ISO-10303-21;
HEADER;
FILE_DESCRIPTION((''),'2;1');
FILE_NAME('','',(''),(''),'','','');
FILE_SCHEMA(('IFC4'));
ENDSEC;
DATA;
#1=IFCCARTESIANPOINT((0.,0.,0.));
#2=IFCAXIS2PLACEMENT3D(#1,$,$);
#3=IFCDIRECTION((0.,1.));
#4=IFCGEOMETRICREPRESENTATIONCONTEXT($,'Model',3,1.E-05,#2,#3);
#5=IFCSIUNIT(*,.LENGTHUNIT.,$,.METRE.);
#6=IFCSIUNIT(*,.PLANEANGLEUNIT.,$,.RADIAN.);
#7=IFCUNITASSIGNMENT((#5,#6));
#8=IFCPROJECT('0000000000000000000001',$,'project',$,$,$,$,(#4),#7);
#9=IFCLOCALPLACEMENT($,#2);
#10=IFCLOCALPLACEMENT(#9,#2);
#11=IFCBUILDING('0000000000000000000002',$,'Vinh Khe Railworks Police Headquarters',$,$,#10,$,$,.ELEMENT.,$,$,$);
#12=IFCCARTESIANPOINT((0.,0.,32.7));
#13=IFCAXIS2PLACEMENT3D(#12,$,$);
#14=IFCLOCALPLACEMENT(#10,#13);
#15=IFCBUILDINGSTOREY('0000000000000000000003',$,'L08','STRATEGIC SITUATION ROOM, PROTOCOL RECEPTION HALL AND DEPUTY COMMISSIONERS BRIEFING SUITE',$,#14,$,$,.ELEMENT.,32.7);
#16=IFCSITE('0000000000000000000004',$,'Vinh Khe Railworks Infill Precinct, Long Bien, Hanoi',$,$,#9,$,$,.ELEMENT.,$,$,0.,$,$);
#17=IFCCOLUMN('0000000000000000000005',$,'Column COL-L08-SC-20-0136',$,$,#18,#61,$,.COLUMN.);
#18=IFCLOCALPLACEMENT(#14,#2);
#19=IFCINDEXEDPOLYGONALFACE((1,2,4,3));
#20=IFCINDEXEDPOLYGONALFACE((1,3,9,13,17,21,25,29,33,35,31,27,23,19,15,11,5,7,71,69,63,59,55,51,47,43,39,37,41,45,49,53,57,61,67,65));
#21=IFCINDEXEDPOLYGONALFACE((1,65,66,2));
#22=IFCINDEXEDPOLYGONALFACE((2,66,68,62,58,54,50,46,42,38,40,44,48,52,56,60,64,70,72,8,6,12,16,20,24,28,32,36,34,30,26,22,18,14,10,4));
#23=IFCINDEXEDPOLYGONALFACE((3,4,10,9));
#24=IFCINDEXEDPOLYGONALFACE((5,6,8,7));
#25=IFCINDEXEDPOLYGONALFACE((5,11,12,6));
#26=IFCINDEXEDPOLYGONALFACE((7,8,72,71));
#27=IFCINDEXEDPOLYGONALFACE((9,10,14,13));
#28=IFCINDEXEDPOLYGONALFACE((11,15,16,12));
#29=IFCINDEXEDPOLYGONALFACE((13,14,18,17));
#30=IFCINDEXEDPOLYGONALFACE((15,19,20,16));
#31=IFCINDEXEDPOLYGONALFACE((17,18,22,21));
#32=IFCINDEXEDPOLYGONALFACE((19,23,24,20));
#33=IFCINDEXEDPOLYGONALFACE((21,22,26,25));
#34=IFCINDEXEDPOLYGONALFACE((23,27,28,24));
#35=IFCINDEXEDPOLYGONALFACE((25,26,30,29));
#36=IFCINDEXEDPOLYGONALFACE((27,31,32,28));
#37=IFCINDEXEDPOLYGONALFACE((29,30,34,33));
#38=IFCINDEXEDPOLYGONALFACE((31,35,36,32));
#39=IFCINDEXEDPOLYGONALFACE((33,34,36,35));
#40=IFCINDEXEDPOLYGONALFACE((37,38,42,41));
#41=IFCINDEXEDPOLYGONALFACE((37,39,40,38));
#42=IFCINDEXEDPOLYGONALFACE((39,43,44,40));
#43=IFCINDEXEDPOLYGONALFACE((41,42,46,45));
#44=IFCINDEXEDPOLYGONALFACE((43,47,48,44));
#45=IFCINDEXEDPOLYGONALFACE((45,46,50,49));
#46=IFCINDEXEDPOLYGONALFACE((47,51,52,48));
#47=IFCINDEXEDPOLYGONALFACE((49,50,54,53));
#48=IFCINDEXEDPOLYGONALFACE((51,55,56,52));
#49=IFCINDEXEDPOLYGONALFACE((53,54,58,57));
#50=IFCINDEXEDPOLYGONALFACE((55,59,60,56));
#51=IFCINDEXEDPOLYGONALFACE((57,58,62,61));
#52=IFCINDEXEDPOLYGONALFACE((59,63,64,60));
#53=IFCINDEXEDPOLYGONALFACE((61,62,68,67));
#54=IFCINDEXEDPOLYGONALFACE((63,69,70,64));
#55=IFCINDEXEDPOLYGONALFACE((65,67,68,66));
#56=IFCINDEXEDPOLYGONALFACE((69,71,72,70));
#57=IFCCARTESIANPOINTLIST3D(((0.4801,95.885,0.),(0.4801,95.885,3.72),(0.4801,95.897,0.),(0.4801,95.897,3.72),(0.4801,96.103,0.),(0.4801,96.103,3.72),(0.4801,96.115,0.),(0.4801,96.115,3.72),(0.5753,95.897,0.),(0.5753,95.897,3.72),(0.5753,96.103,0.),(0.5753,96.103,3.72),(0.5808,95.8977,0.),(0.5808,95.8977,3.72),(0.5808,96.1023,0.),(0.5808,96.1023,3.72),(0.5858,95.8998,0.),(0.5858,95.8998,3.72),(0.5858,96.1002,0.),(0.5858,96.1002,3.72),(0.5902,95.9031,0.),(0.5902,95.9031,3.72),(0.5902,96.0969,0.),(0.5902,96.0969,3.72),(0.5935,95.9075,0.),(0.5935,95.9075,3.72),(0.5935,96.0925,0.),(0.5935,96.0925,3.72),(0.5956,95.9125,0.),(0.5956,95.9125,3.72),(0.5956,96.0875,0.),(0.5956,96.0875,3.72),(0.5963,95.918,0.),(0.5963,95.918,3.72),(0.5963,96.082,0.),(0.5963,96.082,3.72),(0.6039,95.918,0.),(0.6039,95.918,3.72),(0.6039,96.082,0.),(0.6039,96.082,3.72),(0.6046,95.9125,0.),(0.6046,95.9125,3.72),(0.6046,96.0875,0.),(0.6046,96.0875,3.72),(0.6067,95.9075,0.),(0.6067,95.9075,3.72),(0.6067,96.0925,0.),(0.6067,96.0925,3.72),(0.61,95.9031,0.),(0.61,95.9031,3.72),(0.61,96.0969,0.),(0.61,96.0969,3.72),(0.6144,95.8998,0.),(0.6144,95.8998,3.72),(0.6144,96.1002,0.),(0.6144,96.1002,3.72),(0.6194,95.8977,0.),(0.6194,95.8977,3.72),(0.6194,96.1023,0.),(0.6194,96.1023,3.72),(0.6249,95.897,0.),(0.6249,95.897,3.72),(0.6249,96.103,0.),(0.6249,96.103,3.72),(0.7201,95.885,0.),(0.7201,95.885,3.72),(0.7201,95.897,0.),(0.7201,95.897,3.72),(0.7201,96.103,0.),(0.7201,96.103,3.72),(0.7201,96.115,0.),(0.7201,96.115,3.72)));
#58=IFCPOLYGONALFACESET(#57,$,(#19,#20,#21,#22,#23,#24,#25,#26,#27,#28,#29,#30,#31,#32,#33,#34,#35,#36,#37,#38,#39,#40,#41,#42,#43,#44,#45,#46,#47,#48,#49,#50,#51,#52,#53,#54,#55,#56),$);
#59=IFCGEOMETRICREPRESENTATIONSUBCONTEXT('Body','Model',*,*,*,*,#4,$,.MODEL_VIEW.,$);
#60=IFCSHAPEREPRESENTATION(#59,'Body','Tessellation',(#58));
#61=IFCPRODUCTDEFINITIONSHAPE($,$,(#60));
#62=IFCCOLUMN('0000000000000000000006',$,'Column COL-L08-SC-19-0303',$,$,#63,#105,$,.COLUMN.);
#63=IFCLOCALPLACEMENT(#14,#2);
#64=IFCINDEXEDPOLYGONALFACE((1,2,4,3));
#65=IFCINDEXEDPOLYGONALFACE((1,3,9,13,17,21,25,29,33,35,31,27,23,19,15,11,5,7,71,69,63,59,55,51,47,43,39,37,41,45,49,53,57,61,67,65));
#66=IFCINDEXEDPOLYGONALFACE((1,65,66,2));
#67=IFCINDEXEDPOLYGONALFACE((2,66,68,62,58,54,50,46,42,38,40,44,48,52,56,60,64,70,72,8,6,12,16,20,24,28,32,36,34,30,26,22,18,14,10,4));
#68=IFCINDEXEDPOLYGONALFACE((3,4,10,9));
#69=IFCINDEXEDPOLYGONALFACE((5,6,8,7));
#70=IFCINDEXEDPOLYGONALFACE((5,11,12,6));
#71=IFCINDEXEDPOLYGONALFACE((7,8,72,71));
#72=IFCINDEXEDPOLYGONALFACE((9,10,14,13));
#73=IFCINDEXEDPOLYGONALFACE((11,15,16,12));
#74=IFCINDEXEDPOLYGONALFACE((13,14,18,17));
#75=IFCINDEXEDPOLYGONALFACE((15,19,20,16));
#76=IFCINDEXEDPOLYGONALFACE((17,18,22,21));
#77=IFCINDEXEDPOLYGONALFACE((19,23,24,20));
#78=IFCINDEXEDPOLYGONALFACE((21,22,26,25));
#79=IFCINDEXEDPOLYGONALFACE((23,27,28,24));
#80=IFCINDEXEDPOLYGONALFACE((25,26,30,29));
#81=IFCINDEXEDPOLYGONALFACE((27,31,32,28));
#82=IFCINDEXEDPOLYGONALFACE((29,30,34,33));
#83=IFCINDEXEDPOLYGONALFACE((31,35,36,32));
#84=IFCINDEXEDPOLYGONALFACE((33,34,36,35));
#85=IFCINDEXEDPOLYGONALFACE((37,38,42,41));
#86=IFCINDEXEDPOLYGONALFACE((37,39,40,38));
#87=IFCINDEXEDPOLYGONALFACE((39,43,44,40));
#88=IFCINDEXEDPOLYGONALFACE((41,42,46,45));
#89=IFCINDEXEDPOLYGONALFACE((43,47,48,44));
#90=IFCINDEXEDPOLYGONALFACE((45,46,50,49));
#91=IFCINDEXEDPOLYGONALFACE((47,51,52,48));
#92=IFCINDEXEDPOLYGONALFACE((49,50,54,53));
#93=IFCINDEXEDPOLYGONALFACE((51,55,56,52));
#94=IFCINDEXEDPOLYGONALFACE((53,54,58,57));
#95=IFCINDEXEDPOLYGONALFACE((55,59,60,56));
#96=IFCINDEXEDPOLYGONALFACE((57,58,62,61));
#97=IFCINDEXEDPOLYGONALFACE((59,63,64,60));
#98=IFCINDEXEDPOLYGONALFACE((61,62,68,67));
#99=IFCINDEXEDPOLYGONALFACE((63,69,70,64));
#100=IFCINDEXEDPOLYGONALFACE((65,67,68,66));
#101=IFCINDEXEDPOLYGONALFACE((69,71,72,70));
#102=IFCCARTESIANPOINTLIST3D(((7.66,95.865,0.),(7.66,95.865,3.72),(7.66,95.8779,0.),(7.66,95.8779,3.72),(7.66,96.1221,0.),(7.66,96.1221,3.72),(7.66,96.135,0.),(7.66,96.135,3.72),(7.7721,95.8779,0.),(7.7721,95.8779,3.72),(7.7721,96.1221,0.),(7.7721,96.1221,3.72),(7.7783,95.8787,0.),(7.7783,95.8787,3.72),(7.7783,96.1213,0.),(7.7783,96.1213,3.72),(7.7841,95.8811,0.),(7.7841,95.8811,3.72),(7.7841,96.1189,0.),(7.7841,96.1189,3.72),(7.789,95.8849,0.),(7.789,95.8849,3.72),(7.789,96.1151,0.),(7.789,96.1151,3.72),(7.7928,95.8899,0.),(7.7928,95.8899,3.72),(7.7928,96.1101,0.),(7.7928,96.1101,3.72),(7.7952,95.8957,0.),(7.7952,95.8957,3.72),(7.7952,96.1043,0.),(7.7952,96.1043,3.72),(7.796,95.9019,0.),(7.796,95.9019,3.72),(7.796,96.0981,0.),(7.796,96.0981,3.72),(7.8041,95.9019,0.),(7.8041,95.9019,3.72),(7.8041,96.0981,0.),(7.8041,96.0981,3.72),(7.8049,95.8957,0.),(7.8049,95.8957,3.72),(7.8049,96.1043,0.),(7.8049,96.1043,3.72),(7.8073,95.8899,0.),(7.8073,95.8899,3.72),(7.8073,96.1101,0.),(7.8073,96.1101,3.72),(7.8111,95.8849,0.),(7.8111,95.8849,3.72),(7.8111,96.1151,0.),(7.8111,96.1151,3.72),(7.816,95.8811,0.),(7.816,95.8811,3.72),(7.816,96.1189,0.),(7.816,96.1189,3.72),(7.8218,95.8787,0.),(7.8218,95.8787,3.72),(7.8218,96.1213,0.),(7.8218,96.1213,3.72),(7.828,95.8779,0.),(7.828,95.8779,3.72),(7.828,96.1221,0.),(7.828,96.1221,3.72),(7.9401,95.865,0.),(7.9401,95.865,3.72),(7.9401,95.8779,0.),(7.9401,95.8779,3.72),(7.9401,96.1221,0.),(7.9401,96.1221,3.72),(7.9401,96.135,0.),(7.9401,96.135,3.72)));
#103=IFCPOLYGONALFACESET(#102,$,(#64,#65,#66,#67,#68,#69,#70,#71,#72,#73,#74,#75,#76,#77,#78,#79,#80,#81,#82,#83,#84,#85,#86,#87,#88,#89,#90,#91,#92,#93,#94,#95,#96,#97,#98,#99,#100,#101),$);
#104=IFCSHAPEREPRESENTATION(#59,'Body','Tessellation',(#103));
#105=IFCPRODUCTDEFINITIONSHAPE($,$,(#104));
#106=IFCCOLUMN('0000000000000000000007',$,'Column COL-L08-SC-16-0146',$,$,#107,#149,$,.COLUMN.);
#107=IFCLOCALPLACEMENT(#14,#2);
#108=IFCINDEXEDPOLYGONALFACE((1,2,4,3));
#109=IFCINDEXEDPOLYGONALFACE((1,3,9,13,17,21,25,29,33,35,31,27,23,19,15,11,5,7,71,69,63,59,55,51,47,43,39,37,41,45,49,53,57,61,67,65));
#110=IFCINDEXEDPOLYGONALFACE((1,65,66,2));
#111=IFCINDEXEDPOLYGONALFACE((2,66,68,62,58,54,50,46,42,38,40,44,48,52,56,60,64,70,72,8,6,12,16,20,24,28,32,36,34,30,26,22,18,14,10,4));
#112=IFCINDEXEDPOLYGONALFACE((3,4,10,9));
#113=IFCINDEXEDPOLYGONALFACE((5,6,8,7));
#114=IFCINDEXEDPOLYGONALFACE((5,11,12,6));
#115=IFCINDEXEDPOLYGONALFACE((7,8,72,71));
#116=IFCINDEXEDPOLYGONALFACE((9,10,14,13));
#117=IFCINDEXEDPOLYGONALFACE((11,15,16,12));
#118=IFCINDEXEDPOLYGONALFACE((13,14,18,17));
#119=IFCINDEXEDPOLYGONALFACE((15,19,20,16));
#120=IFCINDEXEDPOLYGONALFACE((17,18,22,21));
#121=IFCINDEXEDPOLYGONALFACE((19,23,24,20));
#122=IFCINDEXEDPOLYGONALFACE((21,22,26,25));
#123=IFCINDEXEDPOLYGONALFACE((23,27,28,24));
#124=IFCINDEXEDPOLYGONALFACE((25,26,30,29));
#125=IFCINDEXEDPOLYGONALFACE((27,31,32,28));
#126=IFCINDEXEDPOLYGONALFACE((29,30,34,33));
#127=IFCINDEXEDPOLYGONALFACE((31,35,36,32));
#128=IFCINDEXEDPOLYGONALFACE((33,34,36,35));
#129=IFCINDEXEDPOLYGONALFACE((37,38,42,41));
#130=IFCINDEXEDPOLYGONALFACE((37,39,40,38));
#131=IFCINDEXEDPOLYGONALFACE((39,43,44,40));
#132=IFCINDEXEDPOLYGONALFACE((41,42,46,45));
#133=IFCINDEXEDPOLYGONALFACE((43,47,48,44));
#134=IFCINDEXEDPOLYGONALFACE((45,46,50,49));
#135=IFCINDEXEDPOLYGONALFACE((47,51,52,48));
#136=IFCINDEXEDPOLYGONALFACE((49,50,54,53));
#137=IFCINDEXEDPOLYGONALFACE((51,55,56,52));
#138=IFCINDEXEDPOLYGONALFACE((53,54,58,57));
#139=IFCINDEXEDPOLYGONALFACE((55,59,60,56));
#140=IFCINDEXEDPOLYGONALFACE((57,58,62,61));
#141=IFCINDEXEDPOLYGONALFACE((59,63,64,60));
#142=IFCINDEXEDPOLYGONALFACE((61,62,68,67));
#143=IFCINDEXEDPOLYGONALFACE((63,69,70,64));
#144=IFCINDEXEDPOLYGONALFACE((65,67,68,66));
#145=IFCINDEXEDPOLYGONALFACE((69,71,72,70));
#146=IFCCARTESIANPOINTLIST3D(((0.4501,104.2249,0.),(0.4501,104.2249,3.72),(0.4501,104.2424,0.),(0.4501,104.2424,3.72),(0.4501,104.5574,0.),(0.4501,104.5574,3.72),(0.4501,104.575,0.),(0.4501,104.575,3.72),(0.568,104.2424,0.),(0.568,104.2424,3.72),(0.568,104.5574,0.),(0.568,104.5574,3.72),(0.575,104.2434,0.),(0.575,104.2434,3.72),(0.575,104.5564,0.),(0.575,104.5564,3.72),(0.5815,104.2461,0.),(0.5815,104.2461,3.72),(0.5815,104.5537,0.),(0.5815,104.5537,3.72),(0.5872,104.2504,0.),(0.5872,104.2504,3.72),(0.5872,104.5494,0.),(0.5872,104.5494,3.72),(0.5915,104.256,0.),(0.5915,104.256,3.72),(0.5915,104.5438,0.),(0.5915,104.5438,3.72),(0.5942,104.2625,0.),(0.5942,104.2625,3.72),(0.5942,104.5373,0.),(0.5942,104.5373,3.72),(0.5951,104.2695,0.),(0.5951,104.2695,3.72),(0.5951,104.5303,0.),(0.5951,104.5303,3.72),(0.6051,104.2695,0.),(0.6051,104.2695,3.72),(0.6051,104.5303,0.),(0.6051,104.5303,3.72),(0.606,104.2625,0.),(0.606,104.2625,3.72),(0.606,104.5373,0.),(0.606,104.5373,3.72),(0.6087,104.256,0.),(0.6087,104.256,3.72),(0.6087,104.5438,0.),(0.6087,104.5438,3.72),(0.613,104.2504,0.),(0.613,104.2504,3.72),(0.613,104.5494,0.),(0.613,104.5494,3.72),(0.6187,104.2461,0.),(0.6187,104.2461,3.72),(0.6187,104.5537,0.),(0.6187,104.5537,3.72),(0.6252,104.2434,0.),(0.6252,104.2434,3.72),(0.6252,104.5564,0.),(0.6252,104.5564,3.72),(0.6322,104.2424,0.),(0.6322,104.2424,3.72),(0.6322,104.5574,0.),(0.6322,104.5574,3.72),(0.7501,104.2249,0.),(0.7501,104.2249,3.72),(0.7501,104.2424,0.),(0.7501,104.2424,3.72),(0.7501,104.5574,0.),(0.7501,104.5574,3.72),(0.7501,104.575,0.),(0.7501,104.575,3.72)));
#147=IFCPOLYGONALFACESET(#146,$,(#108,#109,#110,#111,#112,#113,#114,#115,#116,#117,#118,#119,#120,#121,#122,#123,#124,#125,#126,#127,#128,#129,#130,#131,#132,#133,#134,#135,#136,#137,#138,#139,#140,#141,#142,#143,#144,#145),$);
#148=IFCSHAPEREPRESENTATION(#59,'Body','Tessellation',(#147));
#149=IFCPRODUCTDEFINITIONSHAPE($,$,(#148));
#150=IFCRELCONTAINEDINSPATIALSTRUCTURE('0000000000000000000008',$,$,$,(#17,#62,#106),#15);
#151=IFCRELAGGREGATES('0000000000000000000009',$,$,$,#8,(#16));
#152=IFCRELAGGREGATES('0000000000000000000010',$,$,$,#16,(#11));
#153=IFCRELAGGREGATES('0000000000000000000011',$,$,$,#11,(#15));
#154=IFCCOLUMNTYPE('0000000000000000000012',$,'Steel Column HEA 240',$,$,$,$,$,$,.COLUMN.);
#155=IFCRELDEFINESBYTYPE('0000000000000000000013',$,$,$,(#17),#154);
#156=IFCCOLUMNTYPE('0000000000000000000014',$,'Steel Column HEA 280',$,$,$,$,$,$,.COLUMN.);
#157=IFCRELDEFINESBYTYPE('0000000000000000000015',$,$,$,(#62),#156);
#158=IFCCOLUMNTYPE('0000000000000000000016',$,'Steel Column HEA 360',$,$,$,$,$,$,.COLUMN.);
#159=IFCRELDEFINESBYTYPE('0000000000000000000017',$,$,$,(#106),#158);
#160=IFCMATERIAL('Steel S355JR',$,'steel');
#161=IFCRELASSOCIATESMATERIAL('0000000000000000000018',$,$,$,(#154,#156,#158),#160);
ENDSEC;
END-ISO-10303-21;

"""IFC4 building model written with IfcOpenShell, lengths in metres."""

from ifc_helpers import new_model, si_unit, direction, frame, origin, origin_2d, place, context, subcontext, project, spatial, i_section, extrude, material, material_profile, profile_set, type_object, element, save


model = new_model("IFC4")

# Units and contexts
model_context = context("Model", 3, precision=1e-05, world=origin(), true_north=direction((0.0, 1.0)))
body_context = subcontext(model_context, "Body", "Model", "MODEL_VIEW")
ifc_project = project(units=[si_unit("LENGTHUNIT", "METRE"), si_unit("PLANEANGLEUNIT", "RADIAN")], contexts=[model_context])

# Site, building, storey
site_placement = place(None, origin())
site = spatial("IfcSite", under=ifc_project, at=site_placement, Name="Vinh Khe Railworks Infill Precinct, Long Bien, Hanoi", CompositionType="ELEMENT", RefElevation=0.0)
building_placement = place(site_placement, origin())
building = spatial("IfcBuilding", under=site, at=building_placement, Name="Vinh Khe Railworks Police Headquarters", CompositionType="ELEMENT")
storey_placement = place(building_placement, frame((0.0, 0.0, 32.7)))
storey = spatial("IfcBuildingStorey", under=building, at=storey_placement, Name="L08", Description="STRATEGIC SITUATION ROOM, PROTOCOL RECEPTION HALL AND DEPUTY COMMISSIONERS BRIEFING SUITE", CompositionType="ELEMENT", Elevation=32.7)

# Columns
ifc_material_1 = material(Name="Steel S355JR", Category="steel")
ifc_material_profile_1 = material_profile(ifc_material_1, i_section(OverallWidth=0.24, OverallDepth=0.23, WebThickness=0.0076, FlangeThickness=0.012, FilletRadius=0.021, at=origin_2d()), Name="HEA 240")
ifc_profile_set_1 = profile_set([ifc_material_profile_1], Name="Steel S355JR")
column_type_1 = type_object("IfcColumnType", Name="Steel Column HEA 240", PredefinedType="COLUMN", material=ifc_profile_set_1)
column_1_placement = place(storey_placement, frame((0.6001, 96.0, 0.0), z_axis=(0.0, 0.0, 1.0), x_axis=(1.0, 0.0, 0.0)))
element("IfcColumn", 1, at=column_1_placement, inside=storey, type_object=column_type_1, Name="Column COL-L08-SC-20-0136", PredefinedType="COLUMN", context=body_context, shape_type="SweptSolid", body=[
    extrude(i_section(OverallWidth=0.24, OverallDepth=0.23, WebThickness=0.0076, FlangeThickness=0.012, FilletRadius=0.021, at=origin_2d()), origin(), (0.0, 0.0, 1.0), 3.72),
])
ifc_material_profile_2 = material_profile(ifc_material_1, i_section(OverallWidth=0.28, OverallDepth=0.27, WebThickness=0.0081, FlangeThickness=0.0129, FilletRadius=0.0239, at=origin_2d()), Name="HEA 280")
ifc_profile_set_2 = profile_set([ifc_material_profile_2], Name="Steel S355JR")
column_type_2 = type_object("IfcColumnType", Name="Steel Column HEA 280", PredefinedType="COLUMN", material=ifc_profile_set_2)
column_2_placement = place(storey_placement, frame((7.8, 96.0, 0.0), z_axis=(0.0, 0.0, 1.0), x_axis=(1.0, 0.0, 0.0)))
element("IfcColumn", 2, at=column_2_placement, inside=storey, type_object=column_type_2, Name="Column COL-L08-SC-19-0303", PredefinedType="COLUMN", context=body_context, shape_type="SweptSolid", body=[
    extrude(i_section(OverallWidth=0.28, OverallDepth=0.27, WebThickness=0.0081, FlangeThickness=0.0129, FilletRadius=0.0239, at=origin_2d()), origin(), (0.0, 0.0, 1.0), 3.72),
])
ifc_material_profile_3 = material_profile(ifc_material_1, i_section(OverallWidth=0.3, OverallDepth=0.3501, WebThickness=0.01, FlangeThickness=0.0176, FilletRadius=0.0271, at=origin_2d()), Name="HEA 360")
ifc_profile_set_3 = profile_set([ifc_material_profile_3], Name="Steel S355JR")
column_type_3 = type_object("IfcColumnType", Name="Steel Column HEA 360", PredefinedType="COLUMN", material=ifc_profile_set_3)
column_3_placement = place(storey_placement, frame((0.6001, 104.3999, 0.0), z_axis=(0.0, 0.0, 1.0), x_axis=(1.0, 0.0, 0.0)))
element("IfcColumn", 3, at=column_3_placement, inside=storey, type_object=column_type_3, Name="Column COL-L08-SC-16-0146", PredefinedType="COLUMN", context=body_context, shape_type="SweptSolid", body=[
    extrude(i_section(OverallWidth=0.3, OverallDepth=0.3501, WebThickness=0.01, FlangeThickness=0.0176, FilletRadius=0.0271, at=origin_2d()), origin(), (0.0, 0.0, 1.0), 3.72),
])

save(model, "model.ifc")
